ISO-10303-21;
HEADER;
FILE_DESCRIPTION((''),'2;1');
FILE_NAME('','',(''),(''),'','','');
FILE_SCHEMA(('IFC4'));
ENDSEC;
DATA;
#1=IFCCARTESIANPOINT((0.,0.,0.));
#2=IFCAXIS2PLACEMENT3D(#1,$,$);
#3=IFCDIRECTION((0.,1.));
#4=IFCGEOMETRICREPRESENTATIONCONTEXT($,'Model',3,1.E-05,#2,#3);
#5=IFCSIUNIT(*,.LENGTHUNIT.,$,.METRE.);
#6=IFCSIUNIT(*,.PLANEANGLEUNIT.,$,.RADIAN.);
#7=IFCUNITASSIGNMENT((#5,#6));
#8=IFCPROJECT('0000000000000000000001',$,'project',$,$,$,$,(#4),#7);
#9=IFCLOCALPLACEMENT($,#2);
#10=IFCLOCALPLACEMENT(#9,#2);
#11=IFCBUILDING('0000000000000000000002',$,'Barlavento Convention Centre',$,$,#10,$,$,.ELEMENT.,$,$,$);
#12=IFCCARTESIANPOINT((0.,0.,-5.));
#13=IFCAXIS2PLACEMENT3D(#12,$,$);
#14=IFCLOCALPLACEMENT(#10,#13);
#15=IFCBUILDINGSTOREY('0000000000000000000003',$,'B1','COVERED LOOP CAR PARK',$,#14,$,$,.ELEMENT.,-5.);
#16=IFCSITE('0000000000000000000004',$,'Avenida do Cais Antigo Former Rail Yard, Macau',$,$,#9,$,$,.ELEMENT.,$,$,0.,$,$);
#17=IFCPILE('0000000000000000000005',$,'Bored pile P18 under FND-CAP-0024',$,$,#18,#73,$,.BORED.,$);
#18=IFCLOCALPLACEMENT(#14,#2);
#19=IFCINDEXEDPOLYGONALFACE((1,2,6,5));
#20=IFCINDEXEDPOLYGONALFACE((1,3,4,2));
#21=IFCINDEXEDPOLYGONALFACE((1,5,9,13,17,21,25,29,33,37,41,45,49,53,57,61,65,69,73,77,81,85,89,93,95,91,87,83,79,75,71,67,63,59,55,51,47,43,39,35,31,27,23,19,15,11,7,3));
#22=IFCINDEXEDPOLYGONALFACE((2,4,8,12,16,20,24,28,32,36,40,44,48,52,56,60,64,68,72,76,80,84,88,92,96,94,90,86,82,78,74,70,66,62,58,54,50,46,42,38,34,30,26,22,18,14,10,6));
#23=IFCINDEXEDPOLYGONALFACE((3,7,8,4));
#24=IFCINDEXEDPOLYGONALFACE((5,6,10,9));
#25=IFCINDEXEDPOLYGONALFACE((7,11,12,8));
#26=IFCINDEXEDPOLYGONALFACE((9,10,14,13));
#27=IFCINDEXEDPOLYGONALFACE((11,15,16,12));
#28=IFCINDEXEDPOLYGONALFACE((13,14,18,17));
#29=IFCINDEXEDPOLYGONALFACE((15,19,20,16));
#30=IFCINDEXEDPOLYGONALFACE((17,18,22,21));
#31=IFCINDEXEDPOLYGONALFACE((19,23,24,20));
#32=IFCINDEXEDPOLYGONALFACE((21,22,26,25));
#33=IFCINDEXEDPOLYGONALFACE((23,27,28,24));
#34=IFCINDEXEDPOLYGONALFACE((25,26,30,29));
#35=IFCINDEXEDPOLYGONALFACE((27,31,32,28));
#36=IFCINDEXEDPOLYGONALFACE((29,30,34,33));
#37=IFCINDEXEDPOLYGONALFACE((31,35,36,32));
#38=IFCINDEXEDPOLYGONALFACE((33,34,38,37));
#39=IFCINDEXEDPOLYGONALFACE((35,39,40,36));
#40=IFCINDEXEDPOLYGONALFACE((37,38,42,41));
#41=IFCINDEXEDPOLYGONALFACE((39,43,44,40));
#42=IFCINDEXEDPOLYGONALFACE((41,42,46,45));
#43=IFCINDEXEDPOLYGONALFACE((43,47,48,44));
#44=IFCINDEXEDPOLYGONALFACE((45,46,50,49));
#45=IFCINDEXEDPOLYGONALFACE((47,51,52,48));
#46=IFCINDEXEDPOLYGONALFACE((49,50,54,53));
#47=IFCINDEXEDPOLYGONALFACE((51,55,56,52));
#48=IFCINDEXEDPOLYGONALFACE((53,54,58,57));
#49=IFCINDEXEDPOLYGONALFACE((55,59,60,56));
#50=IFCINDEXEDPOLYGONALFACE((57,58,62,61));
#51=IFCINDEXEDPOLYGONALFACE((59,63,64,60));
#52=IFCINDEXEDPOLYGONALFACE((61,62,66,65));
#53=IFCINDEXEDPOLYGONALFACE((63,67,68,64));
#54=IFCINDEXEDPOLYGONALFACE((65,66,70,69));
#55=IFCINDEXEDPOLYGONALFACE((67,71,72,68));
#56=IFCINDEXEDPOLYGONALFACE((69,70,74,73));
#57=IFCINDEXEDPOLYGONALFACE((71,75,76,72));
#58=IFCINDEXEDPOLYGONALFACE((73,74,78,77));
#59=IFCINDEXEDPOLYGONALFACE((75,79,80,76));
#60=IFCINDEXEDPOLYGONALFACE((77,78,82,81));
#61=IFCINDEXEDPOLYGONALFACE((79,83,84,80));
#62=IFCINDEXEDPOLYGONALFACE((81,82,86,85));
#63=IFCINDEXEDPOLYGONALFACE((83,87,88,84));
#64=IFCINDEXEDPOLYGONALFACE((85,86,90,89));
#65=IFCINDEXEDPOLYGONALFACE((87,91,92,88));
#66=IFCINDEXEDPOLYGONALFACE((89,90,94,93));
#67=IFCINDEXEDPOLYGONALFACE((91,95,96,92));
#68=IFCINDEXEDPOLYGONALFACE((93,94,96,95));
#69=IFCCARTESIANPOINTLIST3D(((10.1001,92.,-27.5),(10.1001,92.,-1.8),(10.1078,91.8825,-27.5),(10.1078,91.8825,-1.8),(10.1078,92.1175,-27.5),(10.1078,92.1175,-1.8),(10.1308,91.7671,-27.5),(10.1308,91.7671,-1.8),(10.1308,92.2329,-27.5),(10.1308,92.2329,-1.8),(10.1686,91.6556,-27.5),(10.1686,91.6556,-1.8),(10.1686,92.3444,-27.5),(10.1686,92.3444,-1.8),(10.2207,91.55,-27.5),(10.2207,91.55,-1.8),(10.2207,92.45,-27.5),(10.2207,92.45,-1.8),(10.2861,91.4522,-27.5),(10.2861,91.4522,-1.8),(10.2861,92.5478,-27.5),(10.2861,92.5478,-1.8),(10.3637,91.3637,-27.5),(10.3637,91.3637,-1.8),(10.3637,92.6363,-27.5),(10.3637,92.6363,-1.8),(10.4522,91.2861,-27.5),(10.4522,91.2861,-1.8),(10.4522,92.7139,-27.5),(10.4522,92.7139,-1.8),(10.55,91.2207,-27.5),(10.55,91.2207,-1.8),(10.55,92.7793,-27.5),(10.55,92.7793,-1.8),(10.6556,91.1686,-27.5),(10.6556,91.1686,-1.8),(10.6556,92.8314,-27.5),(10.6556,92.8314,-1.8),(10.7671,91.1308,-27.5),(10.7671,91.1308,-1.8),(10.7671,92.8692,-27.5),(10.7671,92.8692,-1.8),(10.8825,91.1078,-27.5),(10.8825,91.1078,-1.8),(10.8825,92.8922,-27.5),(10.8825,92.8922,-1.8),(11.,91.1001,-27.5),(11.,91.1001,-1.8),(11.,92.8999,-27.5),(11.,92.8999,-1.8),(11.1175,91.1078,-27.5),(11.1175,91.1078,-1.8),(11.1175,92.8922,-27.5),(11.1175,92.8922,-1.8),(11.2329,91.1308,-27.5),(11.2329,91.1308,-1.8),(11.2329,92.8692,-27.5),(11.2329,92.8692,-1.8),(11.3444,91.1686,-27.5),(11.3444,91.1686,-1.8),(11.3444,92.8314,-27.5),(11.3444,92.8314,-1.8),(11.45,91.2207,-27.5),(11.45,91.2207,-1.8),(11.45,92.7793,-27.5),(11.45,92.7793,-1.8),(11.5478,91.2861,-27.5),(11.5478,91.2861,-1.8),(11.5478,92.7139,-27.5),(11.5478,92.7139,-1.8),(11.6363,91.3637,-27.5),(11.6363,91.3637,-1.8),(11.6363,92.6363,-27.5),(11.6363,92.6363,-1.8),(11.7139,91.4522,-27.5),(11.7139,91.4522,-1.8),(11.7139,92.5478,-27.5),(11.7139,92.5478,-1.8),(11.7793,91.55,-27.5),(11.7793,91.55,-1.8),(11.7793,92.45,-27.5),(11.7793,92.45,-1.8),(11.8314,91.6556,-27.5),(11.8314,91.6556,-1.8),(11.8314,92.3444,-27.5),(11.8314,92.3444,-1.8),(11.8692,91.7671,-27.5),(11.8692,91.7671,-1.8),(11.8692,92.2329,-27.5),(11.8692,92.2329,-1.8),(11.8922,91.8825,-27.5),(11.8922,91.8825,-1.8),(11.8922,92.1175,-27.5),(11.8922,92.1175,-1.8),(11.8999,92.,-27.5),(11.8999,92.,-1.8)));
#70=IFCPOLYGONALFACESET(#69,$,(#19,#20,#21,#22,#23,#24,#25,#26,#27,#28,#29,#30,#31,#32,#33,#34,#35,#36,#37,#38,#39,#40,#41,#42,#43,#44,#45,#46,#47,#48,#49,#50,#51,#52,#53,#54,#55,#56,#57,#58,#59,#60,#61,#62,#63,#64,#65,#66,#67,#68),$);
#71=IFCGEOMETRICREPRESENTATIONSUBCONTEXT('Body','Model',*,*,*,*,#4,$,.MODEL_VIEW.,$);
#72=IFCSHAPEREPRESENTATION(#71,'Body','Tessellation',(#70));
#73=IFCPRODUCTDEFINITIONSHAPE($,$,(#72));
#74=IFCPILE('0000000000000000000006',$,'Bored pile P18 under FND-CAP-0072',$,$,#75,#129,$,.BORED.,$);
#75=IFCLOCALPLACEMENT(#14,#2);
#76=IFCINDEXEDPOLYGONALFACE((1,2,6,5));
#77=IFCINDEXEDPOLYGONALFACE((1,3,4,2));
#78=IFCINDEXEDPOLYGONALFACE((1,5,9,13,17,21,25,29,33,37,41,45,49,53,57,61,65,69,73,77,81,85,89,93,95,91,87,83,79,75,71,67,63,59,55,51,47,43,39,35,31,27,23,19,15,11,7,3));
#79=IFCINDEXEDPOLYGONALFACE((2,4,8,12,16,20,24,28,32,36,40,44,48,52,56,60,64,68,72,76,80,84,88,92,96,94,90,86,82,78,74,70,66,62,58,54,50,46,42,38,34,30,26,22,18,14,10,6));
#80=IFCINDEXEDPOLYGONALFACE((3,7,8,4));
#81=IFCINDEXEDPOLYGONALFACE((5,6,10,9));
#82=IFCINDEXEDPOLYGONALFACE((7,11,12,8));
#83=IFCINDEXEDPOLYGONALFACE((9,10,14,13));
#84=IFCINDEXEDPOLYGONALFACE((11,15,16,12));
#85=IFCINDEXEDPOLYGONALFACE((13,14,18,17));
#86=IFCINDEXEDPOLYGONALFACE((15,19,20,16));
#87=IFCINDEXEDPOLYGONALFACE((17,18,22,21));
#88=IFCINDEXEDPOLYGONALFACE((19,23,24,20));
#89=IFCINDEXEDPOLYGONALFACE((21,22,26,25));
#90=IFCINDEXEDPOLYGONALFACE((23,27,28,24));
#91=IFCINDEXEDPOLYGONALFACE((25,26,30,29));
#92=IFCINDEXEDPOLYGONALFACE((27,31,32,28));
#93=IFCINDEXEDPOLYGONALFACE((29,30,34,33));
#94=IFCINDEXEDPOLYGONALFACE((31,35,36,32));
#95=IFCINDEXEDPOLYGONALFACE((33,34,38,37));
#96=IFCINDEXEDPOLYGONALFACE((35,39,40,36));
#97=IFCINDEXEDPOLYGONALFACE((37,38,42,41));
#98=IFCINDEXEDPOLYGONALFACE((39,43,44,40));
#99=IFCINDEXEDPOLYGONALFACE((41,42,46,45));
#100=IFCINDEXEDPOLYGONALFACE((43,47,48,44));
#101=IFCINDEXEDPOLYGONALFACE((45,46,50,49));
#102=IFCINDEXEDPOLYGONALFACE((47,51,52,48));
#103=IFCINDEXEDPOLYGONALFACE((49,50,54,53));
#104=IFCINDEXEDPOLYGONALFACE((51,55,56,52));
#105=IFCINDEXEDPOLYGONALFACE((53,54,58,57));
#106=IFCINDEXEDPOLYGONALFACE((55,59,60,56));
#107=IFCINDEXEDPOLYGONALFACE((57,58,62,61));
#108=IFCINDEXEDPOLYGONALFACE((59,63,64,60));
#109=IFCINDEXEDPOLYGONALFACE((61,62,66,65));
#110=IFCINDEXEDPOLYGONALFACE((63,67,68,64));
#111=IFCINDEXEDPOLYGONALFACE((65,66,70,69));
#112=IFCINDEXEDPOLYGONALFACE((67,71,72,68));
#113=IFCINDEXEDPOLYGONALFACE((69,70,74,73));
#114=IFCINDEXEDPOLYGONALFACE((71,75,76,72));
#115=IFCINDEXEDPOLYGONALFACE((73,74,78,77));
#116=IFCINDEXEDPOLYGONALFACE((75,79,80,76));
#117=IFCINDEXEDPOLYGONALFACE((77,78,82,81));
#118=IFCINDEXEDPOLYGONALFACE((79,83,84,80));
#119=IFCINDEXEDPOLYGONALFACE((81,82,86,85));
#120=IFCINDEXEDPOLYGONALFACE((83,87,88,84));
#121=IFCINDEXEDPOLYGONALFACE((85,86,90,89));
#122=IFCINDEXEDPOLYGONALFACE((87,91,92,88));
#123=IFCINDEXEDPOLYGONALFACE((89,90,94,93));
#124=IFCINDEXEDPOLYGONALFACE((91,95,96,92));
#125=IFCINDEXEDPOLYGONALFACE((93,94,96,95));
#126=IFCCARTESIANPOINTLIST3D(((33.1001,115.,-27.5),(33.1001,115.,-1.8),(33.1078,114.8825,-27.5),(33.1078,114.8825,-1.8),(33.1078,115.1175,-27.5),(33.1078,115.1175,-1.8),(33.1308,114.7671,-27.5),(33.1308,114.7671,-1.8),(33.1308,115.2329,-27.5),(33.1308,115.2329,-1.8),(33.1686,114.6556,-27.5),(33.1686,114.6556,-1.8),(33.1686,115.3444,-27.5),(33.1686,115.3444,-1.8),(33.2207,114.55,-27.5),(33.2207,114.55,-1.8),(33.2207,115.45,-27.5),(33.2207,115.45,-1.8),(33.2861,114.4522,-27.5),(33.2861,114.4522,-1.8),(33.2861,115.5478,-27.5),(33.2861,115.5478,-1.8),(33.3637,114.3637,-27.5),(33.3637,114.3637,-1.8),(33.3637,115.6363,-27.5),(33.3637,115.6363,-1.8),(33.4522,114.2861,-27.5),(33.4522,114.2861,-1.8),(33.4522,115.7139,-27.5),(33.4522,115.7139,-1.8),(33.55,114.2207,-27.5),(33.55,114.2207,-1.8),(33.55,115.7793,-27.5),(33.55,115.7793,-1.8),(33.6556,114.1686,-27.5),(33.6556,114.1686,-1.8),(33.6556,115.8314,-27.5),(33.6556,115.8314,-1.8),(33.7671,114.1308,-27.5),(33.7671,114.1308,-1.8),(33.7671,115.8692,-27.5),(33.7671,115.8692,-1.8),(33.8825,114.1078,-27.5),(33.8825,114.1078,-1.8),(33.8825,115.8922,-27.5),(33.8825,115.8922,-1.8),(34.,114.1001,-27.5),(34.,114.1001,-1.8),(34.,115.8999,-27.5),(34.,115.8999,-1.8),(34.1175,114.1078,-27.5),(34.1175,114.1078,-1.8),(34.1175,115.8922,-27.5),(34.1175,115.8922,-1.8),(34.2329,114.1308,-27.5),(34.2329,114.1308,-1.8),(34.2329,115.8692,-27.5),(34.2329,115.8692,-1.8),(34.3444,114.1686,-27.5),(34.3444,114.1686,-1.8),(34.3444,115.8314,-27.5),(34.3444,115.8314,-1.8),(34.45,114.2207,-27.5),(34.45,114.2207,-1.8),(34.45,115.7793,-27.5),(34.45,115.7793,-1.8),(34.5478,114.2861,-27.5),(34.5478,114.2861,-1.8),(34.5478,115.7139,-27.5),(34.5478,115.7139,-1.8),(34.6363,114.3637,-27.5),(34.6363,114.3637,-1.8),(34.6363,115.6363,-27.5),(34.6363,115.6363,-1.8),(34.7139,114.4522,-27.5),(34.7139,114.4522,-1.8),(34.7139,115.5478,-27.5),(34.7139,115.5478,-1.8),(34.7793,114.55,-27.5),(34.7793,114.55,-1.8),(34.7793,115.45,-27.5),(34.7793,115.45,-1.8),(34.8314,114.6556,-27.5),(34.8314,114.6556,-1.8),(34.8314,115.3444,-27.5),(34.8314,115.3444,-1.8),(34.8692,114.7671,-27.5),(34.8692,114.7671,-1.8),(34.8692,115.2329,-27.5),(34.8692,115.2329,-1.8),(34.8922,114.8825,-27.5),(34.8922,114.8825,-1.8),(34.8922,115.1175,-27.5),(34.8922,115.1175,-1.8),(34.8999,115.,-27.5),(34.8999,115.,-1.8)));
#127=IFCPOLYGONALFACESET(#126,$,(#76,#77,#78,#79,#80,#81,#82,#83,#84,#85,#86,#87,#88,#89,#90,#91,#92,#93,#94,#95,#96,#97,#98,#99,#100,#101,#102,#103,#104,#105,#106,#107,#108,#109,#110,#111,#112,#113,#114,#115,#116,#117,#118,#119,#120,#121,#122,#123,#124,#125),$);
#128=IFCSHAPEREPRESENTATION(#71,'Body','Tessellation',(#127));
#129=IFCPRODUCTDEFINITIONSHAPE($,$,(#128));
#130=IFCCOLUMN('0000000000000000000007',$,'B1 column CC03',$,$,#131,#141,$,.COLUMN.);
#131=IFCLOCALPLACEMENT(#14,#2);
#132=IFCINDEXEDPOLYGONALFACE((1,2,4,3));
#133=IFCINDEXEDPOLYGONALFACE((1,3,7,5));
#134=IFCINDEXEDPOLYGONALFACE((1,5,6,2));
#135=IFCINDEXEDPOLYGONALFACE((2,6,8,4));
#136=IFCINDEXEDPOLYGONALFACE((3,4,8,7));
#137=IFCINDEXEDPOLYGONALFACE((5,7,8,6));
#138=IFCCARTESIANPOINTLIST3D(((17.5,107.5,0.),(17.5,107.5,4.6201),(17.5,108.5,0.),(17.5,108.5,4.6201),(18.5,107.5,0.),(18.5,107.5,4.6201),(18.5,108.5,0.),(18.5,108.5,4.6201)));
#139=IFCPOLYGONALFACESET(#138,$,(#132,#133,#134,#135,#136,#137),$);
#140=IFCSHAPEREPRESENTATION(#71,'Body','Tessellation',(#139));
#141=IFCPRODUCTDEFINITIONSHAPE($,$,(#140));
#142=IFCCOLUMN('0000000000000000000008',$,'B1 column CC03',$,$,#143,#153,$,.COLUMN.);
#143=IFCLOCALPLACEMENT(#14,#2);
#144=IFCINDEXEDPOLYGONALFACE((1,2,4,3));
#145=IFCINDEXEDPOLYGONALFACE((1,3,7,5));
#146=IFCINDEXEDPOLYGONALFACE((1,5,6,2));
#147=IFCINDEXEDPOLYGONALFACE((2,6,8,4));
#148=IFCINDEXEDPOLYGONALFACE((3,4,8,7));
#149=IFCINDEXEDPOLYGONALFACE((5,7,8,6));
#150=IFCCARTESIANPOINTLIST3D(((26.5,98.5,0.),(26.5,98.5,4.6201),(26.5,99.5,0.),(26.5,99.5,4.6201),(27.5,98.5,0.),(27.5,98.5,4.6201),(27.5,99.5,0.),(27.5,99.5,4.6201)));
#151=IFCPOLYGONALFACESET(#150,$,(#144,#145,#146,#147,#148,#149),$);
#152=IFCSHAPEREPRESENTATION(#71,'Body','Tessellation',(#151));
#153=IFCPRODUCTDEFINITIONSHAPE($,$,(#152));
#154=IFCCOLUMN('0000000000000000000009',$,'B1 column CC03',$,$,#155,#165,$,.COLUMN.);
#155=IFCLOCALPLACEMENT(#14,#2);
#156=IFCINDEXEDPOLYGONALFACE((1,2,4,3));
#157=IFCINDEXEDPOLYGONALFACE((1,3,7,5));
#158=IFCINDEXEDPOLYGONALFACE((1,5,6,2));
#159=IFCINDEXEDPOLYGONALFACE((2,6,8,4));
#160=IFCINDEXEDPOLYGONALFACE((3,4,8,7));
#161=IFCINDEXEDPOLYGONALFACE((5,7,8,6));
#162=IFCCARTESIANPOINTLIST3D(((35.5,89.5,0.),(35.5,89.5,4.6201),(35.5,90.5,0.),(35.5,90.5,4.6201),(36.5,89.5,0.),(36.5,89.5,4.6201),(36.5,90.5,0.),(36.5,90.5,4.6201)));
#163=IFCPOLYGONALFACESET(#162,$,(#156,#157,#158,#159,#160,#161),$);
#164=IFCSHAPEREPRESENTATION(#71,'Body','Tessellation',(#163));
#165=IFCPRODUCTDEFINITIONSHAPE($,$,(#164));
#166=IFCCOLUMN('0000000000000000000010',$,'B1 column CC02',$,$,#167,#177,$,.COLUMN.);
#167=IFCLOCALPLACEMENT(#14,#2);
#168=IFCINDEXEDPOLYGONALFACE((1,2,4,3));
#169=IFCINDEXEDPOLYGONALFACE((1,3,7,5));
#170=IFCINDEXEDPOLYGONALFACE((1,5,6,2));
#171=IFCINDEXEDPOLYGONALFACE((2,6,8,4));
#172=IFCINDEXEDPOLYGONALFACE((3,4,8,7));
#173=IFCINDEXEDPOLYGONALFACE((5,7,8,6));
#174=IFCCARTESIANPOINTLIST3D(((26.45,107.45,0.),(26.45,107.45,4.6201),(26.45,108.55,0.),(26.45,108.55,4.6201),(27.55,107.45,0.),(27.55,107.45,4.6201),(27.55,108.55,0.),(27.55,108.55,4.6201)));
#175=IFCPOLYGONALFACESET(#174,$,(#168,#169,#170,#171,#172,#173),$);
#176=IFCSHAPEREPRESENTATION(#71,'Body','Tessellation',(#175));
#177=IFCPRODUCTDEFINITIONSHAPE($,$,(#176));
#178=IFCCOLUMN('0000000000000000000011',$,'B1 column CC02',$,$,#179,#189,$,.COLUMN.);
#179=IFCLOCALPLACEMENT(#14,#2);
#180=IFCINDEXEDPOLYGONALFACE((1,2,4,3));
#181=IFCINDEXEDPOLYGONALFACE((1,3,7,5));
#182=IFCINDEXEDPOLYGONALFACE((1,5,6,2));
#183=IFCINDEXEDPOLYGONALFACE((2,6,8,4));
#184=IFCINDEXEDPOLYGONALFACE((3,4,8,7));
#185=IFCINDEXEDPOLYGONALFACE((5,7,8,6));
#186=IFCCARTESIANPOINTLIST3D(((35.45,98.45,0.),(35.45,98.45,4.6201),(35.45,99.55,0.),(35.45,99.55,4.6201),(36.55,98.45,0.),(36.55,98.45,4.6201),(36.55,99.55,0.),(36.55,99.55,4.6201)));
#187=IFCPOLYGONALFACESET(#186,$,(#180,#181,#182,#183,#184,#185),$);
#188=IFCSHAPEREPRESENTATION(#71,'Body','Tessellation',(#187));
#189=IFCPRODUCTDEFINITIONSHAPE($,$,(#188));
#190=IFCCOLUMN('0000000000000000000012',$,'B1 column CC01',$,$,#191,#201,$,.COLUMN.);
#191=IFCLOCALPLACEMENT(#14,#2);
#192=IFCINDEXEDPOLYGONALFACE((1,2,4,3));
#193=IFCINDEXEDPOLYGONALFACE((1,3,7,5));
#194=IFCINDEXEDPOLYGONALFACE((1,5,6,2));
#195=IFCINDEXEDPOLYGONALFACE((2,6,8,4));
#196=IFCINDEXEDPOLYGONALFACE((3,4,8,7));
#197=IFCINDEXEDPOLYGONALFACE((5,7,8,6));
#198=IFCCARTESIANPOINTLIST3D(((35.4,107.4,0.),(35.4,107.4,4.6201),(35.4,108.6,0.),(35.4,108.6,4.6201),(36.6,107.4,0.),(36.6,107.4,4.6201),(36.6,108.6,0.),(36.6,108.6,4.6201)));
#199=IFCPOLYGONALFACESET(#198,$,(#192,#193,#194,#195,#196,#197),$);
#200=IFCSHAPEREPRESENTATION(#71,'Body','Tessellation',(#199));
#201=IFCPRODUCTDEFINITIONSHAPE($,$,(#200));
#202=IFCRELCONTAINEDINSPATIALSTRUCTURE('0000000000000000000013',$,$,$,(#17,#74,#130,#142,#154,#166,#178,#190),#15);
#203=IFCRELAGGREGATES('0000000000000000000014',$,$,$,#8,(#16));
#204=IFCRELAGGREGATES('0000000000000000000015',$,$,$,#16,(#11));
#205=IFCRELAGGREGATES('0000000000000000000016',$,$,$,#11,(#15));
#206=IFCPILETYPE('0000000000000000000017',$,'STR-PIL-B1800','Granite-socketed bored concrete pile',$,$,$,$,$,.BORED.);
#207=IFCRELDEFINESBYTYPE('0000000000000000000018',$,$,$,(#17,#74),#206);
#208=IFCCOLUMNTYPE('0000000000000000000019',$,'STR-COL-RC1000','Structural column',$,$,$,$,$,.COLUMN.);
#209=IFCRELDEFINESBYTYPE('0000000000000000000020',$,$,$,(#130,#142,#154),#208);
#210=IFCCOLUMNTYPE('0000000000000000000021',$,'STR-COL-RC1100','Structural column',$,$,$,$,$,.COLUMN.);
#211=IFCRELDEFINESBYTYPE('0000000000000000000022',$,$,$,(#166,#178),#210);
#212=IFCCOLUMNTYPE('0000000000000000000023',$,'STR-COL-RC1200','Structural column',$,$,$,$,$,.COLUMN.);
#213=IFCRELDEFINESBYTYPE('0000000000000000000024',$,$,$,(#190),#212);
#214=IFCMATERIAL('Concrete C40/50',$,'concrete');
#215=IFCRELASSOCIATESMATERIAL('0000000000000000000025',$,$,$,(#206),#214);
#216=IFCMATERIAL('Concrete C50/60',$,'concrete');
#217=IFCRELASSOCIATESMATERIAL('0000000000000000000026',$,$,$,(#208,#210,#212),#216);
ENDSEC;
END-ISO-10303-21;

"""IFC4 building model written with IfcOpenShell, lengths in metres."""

from ifc_helpers import new_model, si_unit, direction, frame, origin, origin_2d, place, context, subcontext, project, spatial, rectangle, circle, extrude, material, material_profile, profile_set, type_object, element, save


model = new_model("IFC4")

# Units and contexts
model_context = context("Model", 3, precision=1e-05, world=origin(), true_north=direction((0.0, 1.0)))
body_context = subcontext(model_context, "Body", "Model", "MODEL_VIEW")
ifc_project = project(units=[si_unit("LENGTHUNIT", "METRE"), si_unit("PLANEANGLEUNIT", "RADIAN")], contexts=[model_context])

# Site, building, storey
site_placement = place(None, origin())
site = spatial("IfcSite", under=ifc_project, at=site_placement, Name="Avenida do Cais Antigo Former Rail Yard, Macau", CompositionType="ELEMENT", RefElevation=0.0)
building_placement = place(site_placement, origin())
building = spatial("IfcBuilding", under=site, at=building_placement, Name="Barlavento Convention Centre", CompositionType="ELEMENT")
storey_placement = place(building_placement, frame((0.0, 0.0, -5.0)))
storey = spatial("IfcBuildingStorey", under=building, at=storey_placement, Name="B1", Description="COVERED LOOP CAR PARK", CompositionType="ELEMENT", Elevation=-5.0)

# Shared definitions
ifc_material_1 = material(Name="Concrete C40/50", Category="concrete")

# Piles
ifc_material_profile_1 = material_profile(ifc_material_1, circle(Radius=0.8999, at=origin_2d()), Name="BORED PILE 1800")
ifc_profile_set_1 = profile_set([ifc_material_profile_1], Name="Concrete C40/50")
pile_type_1 = type_object("IfcPileType", Name="STR-PIL-B1800", Description="Granite-socketed bored concrete pile", PredefinedType="BORED", material=ifc_profile_set_1)
for number, where, z_axis, x_axis, name in (
    (1, (11.0, 92.0, -1.8), (0.0, 0.0, -1.0), (1.0, 0.0, 0.0), "Bored pile P18 under FND-CAP-0024"),
    (2, (34.0, 115.0, -1.8), (0.0, 0.0, -1.0), (1.0, 0.0, 0.0), "Bored pile P18 under FND-CAP-0072"),
):
    element("IfcPile", number, at=place(storey_placement, frame(where, z_axis=z_axis, x_axis=x_axis)), inside=storey, type_object=pile_type_1, Name=name, PredefinedType="BORED", context=body_context, shape_type="SweptSolid", body=[
        extrude(circle(Radius=0.8999, at=origin_2d()), origin(), (0.0, 0.0, 1.0), 25.7),
    ])

# Columns
ifc_material_2 = material(Name="Concrete C50/60", Category="concrete")
ifc_material_profile_2 = material_profile(ifc_material_2, rectangle(XDim=1.0, YDim=1.0, at=origin_2d()), Name="RC 1000x1000")
ifc_profile_set_2 = profile_set([ifc_material_profile_2], Name="Concrete C50/60")
column_type_1 = type_object("IfcColumnType", Name="STR-COL-RC1000", Description="Structural column", PredefinedType="COLUMN", material=ifc_profile_set_2)
for number, where, z_axis, x_axis, name in (
    (3, (18.0, 108.0, 0.0), (0.0, 0.0, 1.0), (1.0, 0.0, 0.0), "B1 column CC03"),
    (4, (27.0, 99.0, 0.0), (0.0, 0.0, 1.0), (1.0, 0.0, 0.0), "B1 column CC03"),
    (5, (36.0, 90.0, 0.0), (0.0, 0.0, 1.0), (1.0, 0.0, 0.0), "B1 column CC03"),
):
    element("IfcColumn", number, at=place(storey_placement, frame(where, z_axis=z_axis, x_axis=x_axis)), inside=storey, type_object=column_type_1, Name=name, PredefinedType="COLUMN", context=body_context, shape_type="SweptSolid", body=[
        extrude(rectangle(XDim=1.0, YDim=1.0, at=origin_2d()), origin(), (0.0, 0.0, 1.0), 4.6201),
    ])
ifc_material_profile_3 = material_profile(ifc_material_2, rectangle(XDim=1.1001, YDim=1.1001, at=origin_2d()), Name="RC 1100x1100")
ifc_profile_set_3 = profile_set([ifc_material_profile_3], Name="Concrete C50/60")
column_type_2 = type_object("IfcColumnType", Name="STR-COL-RC1100", Description="Structural column", PredefinedType="COLUMN", material=ifc_profile_set_3)
for number, where, z_axis, x_axis, name in (
    (6, (27.0, 108.0, 0.0), (0.0, 0.0, 1.0), (1.0, 0.0, 0.0), "B1 column CC02"),
    (7, (36.0, 99.0, 0.0), (0.0, 0.0, 1.0), (1.0, 0.0, 0.0), "B1 column CC02"),
):
    element("IfcColumn", number, at=place(storey_placement, frame(where, z_axis=z_axis, x_axis=x_axis)), inside=storey, type_object=column_type_2, Name=name, PredefinedType="COLUMN", context=body_context, shape_type="SweptSolid", body=[
        extrude(rectangle(XDim=1.1001, YDim=1.1001, at=origin_2d()), origin(), (0.0, 0.0, 1.0), 4.6201),
    ])
ifc_material_profile_4 = material_profile(ifc_material_2, rectangle(XDim=1.2, YDim=1.2, at=origin_2d()), Name="RC 1200x1200")
ifc_profile_set_4 = profile_set([ifc_material_profile_4], Name="Concrete C50/60")
column_type_3 = type_object("IfcColumnType", Name="STR-COL-RC1200", Description="Structural column", PredefinedType="COLUMN", material=ifc_profile_set_4)
column_1_placement = place(storey_placement, frame((36.0, 108.0, 0.0), z_axis=(0.0, 0.0, 1.0), x_axis=(1.0, 0.0, 0.0)))
element("IfcColumn", 8, at=column_1_placement, inside=storey, type_object=column_type_3, Name="B1 column CC01", PredefinedType="COLUMN", context=body_context, shape_type="SweptSolid", body=[
    extrude(rectangle(XDim=1.2, YDim=1.2, at=origin_2d()), origin(), (0.0, 0.0, 1.0), 4.6201),
])

save(model, "model.ifc")
